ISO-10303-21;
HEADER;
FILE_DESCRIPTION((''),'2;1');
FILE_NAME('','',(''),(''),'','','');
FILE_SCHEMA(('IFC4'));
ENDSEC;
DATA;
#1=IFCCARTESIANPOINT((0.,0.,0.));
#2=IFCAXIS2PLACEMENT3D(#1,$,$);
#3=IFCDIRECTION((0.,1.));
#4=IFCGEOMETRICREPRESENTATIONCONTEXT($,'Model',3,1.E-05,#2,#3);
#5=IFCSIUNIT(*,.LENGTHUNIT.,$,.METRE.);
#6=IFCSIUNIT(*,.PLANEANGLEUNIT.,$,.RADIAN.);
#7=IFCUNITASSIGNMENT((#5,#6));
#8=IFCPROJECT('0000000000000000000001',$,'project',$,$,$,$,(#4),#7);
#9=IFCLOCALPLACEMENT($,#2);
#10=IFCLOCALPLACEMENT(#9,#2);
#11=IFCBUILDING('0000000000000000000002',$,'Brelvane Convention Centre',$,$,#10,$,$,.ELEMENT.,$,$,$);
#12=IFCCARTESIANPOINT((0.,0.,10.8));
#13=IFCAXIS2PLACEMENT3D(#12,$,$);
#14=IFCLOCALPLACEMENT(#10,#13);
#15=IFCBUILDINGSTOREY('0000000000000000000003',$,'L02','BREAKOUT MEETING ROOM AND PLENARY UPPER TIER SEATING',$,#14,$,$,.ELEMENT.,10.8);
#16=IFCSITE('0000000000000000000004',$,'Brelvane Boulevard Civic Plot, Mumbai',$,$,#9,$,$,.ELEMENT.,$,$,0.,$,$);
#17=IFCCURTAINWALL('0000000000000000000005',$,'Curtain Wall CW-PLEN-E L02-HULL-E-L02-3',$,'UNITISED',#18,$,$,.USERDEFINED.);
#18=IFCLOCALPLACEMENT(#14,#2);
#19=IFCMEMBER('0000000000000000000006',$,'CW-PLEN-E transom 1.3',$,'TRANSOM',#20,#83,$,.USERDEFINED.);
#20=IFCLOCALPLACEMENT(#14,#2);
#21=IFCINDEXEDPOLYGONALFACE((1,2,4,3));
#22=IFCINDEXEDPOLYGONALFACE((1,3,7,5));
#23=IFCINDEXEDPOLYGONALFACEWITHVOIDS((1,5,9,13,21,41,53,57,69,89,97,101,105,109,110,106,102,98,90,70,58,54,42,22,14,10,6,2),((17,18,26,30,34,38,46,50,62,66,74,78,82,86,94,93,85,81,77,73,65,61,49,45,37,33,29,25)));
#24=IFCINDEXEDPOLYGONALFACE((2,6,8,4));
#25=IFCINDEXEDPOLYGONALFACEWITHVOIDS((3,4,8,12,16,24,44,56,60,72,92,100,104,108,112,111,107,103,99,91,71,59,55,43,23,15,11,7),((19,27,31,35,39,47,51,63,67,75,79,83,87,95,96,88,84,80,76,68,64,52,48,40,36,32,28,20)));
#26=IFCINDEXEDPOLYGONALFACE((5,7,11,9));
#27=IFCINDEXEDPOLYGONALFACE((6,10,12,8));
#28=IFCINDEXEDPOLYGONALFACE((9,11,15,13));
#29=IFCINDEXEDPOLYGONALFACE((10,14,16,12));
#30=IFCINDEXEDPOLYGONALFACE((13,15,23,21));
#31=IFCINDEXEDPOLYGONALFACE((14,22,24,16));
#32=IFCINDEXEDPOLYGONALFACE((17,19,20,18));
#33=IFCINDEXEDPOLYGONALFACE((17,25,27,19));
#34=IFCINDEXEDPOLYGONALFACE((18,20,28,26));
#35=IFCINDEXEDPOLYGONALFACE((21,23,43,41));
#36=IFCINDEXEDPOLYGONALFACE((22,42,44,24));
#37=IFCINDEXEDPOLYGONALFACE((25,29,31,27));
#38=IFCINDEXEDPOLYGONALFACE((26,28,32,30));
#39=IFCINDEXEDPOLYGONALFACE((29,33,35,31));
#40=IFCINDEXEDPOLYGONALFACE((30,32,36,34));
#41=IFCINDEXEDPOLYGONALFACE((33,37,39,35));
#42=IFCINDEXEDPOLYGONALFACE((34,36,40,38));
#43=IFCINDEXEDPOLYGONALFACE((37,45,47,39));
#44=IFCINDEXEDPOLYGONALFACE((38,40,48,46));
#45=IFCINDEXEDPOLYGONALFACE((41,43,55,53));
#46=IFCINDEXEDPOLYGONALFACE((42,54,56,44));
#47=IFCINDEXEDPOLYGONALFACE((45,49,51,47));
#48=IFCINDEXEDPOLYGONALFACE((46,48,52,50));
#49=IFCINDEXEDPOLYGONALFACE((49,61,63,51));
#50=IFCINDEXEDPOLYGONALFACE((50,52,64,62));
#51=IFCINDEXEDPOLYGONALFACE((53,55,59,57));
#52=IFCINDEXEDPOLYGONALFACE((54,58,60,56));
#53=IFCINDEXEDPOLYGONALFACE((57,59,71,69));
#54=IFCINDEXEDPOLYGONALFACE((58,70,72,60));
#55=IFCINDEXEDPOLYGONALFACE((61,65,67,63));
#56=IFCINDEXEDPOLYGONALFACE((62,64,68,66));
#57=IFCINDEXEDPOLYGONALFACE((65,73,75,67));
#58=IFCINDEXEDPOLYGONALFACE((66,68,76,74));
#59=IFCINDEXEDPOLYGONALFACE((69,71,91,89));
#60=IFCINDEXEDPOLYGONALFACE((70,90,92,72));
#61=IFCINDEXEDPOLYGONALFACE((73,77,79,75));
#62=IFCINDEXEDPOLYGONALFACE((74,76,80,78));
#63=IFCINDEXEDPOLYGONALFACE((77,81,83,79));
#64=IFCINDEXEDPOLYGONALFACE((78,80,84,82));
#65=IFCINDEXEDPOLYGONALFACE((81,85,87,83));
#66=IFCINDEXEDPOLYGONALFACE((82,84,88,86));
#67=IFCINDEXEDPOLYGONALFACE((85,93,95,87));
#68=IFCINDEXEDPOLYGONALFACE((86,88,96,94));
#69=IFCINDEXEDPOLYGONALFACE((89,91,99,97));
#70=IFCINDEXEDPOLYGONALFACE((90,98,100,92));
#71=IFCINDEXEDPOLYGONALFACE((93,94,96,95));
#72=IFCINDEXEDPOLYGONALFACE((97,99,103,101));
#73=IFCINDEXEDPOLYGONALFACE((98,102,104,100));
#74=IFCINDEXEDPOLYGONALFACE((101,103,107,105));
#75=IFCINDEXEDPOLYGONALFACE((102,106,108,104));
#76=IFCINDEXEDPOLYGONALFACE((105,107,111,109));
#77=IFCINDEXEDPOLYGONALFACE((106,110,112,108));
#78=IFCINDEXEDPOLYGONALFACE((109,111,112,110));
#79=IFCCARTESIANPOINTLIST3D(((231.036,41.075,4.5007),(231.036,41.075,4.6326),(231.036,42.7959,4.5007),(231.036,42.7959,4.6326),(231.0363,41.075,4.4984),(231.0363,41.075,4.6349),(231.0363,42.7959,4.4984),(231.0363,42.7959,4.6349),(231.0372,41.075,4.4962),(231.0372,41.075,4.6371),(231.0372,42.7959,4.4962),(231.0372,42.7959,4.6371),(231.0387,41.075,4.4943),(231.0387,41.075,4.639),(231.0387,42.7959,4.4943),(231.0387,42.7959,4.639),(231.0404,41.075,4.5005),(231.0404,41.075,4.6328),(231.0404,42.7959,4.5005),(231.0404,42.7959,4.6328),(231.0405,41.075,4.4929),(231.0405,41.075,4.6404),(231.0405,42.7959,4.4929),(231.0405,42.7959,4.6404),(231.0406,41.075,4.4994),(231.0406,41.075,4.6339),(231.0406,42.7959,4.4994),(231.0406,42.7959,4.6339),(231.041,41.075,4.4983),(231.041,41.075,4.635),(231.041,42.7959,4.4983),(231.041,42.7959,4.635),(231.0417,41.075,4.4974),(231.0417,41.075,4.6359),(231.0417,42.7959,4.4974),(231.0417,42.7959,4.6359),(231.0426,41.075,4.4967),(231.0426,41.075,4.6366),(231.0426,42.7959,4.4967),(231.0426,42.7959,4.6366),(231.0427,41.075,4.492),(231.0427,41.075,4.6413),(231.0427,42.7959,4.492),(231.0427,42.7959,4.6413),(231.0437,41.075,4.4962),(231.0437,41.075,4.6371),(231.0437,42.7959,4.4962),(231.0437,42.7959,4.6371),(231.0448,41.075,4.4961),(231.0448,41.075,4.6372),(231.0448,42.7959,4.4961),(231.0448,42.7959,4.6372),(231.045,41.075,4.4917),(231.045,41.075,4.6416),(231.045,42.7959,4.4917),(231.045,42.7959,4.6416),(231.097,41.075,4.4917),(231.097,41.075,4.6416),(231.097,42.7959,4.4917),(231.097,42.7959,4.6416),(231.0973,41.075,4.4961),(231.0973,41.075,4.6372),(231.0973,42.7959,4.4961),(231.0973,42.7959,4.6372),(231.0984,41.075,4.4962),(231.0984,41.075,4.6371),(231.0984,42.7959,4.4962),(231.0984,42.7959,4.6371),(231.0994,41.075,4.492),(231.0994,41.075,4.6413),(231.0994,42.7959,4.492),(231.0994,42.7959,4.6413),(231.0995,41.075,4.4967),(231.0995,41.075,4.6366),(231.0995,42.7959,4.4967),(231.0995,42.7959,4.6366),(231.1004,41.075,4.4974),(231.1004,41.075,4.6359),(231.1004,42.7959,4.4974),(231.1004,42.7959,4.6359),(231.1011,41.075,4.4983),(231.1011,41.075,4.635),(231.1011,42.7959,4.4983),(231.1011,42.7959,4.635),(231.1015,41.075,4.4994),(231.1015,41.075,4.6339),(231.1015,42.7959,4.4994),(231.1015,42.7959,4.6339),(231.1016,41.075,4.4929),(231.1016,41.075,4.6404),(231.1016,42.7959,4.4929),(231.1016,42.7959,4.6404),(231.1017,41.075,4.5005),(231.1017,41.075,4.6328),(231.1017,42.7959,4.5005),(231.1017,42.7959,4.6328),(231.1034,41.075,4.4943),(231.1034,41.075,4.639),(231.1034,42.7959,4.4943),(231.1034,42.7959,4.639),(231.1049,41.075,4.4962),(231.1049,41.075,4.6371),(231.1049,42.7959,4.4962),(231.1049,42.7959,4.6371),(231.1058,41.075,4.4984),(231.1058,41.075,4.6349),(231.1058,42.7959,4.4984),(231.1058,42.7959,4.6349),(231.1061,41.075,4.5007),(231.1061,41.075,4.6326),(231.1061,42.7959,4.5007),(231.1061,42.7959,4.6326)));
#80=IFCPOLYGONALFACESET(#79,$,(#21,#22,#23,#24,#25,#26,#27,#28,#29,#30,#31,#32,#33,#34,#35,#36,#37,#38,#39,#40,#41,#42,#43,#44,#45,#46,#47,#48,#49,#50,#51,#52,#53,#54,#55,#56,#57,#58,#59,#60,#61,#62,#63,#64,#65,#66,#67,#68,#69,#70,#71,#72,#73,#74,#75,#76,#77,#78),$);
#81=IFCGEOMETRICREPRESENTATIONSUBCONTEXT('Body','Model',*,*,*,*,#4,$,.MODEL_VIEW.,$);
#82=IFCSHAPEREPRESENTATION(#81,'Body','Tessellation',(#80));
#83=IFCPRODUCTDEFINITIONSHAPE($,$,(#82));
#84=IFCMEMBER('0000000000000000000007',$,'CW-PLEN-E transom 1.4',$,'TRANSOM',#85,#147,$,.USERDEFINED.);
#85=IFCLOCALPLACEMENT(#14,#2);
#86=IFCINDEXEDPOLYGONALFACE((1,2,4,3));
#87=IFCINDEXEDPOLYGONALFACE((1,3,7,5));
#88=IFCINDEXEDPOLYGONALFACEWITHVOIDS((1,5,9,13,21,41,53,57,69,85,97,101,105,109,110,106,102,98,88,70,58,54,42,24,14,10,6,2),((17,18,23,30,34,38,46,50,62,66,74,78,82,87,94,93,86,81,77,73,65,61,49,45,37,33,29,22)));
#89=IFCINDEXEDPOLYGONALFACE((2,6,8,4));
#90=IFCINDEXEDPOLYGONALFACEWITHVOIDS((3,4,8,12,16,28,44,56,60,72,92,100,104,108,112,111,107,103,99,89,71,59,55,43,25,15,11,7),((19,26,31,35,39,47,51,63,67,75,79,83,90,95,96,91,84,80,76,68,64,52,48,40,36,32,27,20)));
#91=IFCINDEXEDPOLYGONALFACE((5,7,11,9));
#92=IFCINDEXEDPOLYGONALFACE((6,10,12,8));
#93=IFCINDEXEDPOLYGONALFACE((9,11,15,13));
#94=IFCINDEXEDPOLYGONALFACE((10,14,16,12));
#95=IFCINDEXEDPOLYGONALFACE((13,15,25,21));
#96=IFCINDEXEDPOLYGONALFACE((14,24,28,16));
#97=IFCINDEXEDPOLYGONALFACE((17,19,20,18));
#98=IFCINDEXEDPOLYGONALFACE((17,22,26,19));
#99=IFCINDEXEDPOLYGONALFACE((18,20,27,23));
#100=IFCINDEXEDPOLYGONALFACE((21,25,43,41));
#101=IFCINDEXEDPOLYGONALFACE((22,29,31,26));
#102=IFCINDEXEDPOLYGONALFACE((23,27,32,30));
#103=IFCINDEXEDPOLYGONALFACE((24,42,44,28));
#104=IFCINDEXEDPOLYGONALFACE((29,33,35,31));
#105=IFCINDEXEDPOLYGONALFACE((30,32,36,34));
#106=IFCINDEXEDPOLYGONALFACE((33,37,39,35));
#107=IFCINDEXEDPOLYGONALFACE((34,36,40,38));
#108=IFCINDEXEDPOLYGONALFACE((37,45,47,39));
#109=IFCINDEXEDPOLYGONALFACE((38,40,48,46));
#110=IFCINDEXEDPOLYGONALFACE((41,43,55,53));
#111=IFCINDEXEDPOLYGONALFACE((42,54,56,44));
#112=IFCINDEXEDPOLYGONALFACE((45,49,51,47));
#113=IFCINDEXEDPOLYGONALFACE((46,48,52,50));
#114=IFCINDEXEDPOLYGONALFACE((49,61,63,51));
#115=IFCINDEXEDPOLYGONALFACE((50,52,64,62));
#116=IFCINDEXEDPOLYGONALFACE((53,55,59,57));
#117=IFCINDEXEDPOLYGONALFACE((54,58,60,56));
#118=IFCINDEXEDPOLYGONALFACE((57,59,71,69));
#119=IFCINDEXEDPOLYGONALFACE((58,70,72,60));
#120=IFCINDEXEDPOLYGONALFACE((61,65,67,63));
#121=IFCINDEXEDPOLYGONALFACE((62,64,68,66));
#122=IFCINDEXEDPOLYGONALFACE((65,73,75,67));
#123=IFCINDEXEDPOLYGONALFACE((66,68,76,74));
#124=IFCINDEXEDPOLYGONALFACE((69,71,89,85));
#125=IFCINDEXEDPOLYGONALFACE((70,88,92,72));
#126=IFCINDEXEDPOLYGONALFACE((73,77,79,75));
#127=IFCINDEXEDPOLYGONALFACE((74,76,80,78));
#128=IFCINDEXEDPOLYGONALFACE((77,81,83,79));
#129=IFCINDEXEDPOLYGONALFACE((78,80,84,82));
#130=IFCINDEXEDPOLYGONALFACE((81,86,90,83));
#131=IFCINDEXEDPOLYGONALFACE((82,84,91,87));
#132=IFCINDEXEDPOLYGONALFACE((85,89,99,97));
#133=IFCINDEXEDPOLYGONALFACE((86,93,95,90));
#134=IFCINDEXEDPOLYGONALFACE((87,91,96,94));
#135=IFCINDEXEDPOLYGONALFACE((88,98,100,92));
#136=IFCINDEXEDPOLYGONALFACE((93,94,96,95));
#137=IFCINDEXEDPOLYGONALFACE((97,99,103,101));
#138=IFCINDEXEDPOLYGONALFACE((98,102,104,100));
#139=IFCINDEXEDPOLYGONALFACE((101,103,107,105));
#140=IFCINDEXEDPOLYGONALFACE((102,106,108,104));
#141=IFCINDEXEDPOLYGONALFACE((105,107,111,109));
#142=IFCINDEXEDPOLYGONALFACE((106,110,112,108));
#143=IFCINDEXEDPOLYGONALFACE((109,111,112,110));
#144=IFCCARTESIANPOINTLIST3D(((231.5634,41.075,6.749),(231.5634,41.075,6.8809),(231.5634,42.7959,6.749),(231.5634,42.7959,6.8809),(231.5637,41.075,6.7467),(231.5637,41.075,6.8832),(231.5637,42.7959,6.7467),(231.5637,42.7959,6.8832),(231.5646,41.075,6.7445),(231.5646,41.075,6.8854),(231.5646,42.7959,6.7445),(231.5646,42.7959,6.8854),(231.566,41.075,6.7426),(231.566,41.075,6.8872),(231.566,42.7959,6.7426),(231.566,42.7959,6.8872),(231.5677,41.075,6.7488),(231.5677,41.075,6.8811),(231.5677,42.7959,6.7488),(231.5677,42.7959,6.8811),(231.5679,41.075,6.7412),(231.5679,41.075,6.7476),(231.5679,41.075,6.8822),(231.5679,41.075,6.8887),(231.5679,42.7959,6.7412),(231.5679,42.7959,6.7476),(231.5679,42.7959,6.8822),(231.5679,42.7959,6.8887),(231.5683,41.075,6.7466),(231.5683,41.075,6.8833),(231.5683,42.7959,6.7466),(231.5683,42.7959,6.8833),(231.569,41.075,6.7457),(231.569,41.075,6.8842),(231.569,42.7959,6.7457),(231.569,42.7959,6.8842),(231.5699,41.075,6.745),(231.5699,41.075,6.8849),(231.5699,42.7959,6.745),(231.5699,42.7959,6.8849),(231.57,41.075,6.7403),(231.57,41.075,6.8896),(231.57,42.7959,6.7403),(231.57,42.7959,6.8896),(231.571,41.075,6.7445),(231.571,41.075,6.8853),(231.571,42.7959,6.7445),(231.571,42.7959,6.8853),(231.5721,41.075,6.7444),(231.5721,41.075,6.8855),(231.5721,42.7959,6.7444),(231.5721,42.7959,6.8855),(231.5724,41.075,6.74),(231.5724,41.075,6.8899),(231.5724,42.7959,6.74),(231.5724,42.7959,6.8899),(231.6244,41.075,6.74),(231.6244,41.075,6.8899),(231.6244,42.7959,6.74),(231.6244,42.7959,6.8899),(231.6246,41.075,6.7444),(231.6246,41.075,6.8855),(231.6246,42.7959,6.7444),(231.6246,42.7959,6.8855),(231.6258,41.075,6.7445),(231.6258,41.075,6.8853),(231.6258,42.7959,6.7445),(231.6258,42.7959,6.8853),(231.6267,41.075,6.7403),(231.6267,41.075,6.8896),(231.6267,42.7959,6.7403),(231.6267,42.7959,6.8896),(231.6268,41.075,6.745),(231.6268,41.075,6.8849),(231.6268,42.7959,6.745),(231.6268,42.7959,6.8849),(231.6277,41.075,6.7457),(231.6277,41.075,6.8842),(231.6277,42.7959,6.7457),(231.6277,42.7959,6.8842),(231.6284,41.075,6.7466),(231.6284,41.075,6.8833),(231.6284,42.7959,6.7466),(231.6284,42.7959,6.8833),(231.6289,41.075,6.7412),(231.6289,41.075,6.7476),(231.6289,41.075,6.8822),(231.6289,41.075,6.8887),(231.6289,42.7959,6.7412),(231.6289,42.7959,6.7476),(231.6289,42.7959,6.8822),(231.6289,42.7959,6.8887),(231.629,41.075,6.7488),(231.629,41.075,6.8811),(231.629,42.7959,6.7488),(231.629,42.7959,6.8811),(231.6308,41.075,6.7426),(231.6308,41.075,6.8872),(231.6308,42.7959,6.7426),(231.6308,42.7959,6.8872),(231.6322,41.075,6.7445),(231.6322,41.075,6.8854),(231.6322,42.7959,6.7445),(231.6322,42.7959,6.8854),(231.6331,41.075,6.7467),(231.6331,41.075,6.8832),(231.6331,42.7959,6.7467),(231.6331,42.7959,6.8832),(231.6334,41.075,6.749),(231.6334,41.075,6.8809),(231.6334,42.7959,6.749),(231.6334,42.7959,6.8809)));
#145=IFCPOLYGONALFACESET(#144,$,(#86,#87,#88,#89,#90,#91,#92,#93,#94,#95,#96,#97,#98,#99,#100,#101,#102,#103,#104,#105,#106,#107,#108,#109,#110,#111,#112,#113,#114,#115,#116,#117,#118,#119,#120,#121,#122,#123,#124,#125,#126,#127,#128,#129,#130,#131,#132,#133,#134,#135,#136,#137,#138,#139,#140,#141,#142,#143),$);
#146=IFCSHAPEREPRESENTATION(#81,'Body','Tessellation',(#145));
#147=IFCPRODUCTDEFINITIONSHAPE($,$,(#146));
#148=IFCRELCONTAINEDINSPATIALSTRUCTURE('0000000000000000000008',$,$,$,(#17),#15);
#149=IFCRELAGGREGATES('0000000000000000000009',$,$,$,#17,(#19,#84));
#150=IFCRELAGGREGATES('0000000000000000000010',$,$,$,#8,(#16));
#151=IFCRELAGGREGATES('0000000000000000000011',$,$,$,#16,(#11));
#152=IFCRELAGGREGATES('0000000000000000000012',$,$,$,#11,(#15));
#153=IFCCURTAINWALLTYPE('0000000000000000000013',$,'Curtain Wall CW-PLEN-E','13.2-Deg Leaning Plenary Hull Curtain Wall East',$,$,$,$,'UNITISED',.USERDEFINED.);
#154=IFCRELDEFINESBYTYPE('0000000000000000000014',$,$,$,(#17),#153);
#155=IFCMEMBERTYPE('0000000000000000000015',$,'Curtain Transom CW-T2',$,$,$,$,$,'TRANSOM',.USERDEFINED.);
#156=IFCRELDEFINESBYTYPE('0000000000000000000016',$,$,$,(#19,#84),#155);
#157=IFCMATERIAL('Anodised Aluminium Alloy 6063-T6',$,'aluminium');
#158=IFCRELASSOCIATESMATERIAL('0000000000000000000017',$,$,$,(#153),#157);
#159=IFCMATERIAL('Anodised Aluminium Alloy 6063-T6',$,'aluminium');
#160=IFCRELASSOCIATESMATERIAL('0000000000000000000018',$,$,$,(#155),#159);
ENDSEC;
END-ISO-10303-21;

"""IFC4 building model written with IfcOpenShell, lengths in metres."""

from ifc_helpers import new_model, si_unit, direction, frame, origin, origin_2d, place, context, subcontext, project, spatial, hollow_rectangle, extrude, material, material_profile, profile_set, type_object, element, aggregate, save


model = new_model("IFC4")

# Units and contexts
model_context = context("Model", 3, precision=1e-05, world=origin(), true_north=direction((0.0, 1.0)))
body_context = subcontext(model_context, "Body", "Model", "MODEL_VIEW")
ifc_project = project(units=[si_unit("LENGTHUNIT", "METRE"), si_unit("PLANEANGLEUNIT", "RADIAN")], contexts=[model_context])

# Site, building, storey
site_placement = place(None, origin())
site = spatial("IfcSite", under=ifc_project, at=site_placement, Name="Brelvane Boulevard Civic Plot, Mumbai", CompositionType="ELEMENT", RefElevation=0.0)
building_placement = place(site_placement, origin())
building = spatial("IfcBuilding", under=site, at=building_placement, Name="Brelvane Convention Centre", CompositionType="ELEMENT")
storey_placement = place(building_placement, frame((0.0, 0.0, 10.8)))
storey = spatial("IfcBuildingStorey", under=building, at=storey_placement, Name="L02", Description="BREAKOUT MEETING ROOM AND PLENARY UPPER TIER SEATING", CompositionType="ELEMENT", Elevation=10.8)

# Curtain wall, members
ifc_material_1 = material(Name="Anodised Aluminium Alloy 6063-T6", Category="aluminium")
curtain_wall_type = type_object("IfcCurtainWallType", Name="Curtain Wall CW-PLEN-E", Description="13.2-Deg Leaning Plenary Hull Curtain Wall East", ElementType="UNITISED", PredefinedType="USERDEFINED", material=ifc_material_1)
ifc_material_2 = material(Name="Anodised Aluminium Alloy 6063-T6", Category="aluminium")
ifc_material_profile = material_profile(ifc_material_2, hollow_rectangle(XDim=0.0701, YDim=0.1499, WallThickness=0.0044, InnerFilletRadius=0.0044, OuterFilletRadius=0.009, at=origin_2d()), Name="ALU-T 150x70x4.5")
ifc_profile_set = profile_set([ifc_material_profile], Name="Anodised Aluminium Alloy 6063-T6")
member_type = type_object("IfcMemberType", Name="Curtain Transom CW-T2", ElementType="TRANSOM", PredefinedType="USERDEFINED", material=ifc_profile_set)
curtain_wall_1_placement = place(storey_placement, origin())
curtain_wall_1 = element("IfcCurtainWall", 1, at=curtain_wall_1_placement, inside=storey, type_object=curtain_wall_type, Name="Curtain Wall CW-PLEN-E L02-HULL-E-L02-3", ObjectType="UNITISED", PredefinedType="USERDEFINED")
member_1_placement = place(storey_placement, frame((231.071, 41.075, 4.5667), z_axis=(0.0, 1.0, 0.0), x_axis=(-1.0, 0.0, 0.0)))
member_1 = element("IfcMember", 2, at=member_1_placement, type_object=member_type, Name="CW-PLEN-E transom 1.3", ObjectType="TRANSOM", PredefinedType="USERDEFINED", context=body_context, shape_type="SweptSolid", body=[
    extrude(hollow_rectangle(XDim=0.0701, YDim=0.1499, WallThickness=0.0044, InnerFilletRadius=0.0044, OuterFilletRadius=0.009, at=origin_2d()), origin(), (0.0, 0.0, 1.0), 1.7209),
])
member_2_placement = place(storey_placement, frame((231.5984, 41.075, 6.8149), z_axis=(0.0, 1.0, 0.0), x_axis=(-1.0, 0.0, 0.0)))
member_2 = element("IfcMember", 3, at=member_2_placement, type_object=member_type, Name="CW-PLEN-E transom 1.4", ObjectType="TRANSOM", PredefinedType="USERDEFINED", context=body_context, shape_type="SweptSolid", body=[
    extrude(hollow_rectangle(XDim=0.0701, YDim=0.1499, WallThickness=0.0044, InnerFilletRadius=0.0044, OuterFilletRadius=0.009, at=origin_2d()), origin(), (0.0, 0.0, 1.0), 1.7209),
])

aggregate(curtain_wall_1, [member_1, member_2])

save(model, "model.ifc")
